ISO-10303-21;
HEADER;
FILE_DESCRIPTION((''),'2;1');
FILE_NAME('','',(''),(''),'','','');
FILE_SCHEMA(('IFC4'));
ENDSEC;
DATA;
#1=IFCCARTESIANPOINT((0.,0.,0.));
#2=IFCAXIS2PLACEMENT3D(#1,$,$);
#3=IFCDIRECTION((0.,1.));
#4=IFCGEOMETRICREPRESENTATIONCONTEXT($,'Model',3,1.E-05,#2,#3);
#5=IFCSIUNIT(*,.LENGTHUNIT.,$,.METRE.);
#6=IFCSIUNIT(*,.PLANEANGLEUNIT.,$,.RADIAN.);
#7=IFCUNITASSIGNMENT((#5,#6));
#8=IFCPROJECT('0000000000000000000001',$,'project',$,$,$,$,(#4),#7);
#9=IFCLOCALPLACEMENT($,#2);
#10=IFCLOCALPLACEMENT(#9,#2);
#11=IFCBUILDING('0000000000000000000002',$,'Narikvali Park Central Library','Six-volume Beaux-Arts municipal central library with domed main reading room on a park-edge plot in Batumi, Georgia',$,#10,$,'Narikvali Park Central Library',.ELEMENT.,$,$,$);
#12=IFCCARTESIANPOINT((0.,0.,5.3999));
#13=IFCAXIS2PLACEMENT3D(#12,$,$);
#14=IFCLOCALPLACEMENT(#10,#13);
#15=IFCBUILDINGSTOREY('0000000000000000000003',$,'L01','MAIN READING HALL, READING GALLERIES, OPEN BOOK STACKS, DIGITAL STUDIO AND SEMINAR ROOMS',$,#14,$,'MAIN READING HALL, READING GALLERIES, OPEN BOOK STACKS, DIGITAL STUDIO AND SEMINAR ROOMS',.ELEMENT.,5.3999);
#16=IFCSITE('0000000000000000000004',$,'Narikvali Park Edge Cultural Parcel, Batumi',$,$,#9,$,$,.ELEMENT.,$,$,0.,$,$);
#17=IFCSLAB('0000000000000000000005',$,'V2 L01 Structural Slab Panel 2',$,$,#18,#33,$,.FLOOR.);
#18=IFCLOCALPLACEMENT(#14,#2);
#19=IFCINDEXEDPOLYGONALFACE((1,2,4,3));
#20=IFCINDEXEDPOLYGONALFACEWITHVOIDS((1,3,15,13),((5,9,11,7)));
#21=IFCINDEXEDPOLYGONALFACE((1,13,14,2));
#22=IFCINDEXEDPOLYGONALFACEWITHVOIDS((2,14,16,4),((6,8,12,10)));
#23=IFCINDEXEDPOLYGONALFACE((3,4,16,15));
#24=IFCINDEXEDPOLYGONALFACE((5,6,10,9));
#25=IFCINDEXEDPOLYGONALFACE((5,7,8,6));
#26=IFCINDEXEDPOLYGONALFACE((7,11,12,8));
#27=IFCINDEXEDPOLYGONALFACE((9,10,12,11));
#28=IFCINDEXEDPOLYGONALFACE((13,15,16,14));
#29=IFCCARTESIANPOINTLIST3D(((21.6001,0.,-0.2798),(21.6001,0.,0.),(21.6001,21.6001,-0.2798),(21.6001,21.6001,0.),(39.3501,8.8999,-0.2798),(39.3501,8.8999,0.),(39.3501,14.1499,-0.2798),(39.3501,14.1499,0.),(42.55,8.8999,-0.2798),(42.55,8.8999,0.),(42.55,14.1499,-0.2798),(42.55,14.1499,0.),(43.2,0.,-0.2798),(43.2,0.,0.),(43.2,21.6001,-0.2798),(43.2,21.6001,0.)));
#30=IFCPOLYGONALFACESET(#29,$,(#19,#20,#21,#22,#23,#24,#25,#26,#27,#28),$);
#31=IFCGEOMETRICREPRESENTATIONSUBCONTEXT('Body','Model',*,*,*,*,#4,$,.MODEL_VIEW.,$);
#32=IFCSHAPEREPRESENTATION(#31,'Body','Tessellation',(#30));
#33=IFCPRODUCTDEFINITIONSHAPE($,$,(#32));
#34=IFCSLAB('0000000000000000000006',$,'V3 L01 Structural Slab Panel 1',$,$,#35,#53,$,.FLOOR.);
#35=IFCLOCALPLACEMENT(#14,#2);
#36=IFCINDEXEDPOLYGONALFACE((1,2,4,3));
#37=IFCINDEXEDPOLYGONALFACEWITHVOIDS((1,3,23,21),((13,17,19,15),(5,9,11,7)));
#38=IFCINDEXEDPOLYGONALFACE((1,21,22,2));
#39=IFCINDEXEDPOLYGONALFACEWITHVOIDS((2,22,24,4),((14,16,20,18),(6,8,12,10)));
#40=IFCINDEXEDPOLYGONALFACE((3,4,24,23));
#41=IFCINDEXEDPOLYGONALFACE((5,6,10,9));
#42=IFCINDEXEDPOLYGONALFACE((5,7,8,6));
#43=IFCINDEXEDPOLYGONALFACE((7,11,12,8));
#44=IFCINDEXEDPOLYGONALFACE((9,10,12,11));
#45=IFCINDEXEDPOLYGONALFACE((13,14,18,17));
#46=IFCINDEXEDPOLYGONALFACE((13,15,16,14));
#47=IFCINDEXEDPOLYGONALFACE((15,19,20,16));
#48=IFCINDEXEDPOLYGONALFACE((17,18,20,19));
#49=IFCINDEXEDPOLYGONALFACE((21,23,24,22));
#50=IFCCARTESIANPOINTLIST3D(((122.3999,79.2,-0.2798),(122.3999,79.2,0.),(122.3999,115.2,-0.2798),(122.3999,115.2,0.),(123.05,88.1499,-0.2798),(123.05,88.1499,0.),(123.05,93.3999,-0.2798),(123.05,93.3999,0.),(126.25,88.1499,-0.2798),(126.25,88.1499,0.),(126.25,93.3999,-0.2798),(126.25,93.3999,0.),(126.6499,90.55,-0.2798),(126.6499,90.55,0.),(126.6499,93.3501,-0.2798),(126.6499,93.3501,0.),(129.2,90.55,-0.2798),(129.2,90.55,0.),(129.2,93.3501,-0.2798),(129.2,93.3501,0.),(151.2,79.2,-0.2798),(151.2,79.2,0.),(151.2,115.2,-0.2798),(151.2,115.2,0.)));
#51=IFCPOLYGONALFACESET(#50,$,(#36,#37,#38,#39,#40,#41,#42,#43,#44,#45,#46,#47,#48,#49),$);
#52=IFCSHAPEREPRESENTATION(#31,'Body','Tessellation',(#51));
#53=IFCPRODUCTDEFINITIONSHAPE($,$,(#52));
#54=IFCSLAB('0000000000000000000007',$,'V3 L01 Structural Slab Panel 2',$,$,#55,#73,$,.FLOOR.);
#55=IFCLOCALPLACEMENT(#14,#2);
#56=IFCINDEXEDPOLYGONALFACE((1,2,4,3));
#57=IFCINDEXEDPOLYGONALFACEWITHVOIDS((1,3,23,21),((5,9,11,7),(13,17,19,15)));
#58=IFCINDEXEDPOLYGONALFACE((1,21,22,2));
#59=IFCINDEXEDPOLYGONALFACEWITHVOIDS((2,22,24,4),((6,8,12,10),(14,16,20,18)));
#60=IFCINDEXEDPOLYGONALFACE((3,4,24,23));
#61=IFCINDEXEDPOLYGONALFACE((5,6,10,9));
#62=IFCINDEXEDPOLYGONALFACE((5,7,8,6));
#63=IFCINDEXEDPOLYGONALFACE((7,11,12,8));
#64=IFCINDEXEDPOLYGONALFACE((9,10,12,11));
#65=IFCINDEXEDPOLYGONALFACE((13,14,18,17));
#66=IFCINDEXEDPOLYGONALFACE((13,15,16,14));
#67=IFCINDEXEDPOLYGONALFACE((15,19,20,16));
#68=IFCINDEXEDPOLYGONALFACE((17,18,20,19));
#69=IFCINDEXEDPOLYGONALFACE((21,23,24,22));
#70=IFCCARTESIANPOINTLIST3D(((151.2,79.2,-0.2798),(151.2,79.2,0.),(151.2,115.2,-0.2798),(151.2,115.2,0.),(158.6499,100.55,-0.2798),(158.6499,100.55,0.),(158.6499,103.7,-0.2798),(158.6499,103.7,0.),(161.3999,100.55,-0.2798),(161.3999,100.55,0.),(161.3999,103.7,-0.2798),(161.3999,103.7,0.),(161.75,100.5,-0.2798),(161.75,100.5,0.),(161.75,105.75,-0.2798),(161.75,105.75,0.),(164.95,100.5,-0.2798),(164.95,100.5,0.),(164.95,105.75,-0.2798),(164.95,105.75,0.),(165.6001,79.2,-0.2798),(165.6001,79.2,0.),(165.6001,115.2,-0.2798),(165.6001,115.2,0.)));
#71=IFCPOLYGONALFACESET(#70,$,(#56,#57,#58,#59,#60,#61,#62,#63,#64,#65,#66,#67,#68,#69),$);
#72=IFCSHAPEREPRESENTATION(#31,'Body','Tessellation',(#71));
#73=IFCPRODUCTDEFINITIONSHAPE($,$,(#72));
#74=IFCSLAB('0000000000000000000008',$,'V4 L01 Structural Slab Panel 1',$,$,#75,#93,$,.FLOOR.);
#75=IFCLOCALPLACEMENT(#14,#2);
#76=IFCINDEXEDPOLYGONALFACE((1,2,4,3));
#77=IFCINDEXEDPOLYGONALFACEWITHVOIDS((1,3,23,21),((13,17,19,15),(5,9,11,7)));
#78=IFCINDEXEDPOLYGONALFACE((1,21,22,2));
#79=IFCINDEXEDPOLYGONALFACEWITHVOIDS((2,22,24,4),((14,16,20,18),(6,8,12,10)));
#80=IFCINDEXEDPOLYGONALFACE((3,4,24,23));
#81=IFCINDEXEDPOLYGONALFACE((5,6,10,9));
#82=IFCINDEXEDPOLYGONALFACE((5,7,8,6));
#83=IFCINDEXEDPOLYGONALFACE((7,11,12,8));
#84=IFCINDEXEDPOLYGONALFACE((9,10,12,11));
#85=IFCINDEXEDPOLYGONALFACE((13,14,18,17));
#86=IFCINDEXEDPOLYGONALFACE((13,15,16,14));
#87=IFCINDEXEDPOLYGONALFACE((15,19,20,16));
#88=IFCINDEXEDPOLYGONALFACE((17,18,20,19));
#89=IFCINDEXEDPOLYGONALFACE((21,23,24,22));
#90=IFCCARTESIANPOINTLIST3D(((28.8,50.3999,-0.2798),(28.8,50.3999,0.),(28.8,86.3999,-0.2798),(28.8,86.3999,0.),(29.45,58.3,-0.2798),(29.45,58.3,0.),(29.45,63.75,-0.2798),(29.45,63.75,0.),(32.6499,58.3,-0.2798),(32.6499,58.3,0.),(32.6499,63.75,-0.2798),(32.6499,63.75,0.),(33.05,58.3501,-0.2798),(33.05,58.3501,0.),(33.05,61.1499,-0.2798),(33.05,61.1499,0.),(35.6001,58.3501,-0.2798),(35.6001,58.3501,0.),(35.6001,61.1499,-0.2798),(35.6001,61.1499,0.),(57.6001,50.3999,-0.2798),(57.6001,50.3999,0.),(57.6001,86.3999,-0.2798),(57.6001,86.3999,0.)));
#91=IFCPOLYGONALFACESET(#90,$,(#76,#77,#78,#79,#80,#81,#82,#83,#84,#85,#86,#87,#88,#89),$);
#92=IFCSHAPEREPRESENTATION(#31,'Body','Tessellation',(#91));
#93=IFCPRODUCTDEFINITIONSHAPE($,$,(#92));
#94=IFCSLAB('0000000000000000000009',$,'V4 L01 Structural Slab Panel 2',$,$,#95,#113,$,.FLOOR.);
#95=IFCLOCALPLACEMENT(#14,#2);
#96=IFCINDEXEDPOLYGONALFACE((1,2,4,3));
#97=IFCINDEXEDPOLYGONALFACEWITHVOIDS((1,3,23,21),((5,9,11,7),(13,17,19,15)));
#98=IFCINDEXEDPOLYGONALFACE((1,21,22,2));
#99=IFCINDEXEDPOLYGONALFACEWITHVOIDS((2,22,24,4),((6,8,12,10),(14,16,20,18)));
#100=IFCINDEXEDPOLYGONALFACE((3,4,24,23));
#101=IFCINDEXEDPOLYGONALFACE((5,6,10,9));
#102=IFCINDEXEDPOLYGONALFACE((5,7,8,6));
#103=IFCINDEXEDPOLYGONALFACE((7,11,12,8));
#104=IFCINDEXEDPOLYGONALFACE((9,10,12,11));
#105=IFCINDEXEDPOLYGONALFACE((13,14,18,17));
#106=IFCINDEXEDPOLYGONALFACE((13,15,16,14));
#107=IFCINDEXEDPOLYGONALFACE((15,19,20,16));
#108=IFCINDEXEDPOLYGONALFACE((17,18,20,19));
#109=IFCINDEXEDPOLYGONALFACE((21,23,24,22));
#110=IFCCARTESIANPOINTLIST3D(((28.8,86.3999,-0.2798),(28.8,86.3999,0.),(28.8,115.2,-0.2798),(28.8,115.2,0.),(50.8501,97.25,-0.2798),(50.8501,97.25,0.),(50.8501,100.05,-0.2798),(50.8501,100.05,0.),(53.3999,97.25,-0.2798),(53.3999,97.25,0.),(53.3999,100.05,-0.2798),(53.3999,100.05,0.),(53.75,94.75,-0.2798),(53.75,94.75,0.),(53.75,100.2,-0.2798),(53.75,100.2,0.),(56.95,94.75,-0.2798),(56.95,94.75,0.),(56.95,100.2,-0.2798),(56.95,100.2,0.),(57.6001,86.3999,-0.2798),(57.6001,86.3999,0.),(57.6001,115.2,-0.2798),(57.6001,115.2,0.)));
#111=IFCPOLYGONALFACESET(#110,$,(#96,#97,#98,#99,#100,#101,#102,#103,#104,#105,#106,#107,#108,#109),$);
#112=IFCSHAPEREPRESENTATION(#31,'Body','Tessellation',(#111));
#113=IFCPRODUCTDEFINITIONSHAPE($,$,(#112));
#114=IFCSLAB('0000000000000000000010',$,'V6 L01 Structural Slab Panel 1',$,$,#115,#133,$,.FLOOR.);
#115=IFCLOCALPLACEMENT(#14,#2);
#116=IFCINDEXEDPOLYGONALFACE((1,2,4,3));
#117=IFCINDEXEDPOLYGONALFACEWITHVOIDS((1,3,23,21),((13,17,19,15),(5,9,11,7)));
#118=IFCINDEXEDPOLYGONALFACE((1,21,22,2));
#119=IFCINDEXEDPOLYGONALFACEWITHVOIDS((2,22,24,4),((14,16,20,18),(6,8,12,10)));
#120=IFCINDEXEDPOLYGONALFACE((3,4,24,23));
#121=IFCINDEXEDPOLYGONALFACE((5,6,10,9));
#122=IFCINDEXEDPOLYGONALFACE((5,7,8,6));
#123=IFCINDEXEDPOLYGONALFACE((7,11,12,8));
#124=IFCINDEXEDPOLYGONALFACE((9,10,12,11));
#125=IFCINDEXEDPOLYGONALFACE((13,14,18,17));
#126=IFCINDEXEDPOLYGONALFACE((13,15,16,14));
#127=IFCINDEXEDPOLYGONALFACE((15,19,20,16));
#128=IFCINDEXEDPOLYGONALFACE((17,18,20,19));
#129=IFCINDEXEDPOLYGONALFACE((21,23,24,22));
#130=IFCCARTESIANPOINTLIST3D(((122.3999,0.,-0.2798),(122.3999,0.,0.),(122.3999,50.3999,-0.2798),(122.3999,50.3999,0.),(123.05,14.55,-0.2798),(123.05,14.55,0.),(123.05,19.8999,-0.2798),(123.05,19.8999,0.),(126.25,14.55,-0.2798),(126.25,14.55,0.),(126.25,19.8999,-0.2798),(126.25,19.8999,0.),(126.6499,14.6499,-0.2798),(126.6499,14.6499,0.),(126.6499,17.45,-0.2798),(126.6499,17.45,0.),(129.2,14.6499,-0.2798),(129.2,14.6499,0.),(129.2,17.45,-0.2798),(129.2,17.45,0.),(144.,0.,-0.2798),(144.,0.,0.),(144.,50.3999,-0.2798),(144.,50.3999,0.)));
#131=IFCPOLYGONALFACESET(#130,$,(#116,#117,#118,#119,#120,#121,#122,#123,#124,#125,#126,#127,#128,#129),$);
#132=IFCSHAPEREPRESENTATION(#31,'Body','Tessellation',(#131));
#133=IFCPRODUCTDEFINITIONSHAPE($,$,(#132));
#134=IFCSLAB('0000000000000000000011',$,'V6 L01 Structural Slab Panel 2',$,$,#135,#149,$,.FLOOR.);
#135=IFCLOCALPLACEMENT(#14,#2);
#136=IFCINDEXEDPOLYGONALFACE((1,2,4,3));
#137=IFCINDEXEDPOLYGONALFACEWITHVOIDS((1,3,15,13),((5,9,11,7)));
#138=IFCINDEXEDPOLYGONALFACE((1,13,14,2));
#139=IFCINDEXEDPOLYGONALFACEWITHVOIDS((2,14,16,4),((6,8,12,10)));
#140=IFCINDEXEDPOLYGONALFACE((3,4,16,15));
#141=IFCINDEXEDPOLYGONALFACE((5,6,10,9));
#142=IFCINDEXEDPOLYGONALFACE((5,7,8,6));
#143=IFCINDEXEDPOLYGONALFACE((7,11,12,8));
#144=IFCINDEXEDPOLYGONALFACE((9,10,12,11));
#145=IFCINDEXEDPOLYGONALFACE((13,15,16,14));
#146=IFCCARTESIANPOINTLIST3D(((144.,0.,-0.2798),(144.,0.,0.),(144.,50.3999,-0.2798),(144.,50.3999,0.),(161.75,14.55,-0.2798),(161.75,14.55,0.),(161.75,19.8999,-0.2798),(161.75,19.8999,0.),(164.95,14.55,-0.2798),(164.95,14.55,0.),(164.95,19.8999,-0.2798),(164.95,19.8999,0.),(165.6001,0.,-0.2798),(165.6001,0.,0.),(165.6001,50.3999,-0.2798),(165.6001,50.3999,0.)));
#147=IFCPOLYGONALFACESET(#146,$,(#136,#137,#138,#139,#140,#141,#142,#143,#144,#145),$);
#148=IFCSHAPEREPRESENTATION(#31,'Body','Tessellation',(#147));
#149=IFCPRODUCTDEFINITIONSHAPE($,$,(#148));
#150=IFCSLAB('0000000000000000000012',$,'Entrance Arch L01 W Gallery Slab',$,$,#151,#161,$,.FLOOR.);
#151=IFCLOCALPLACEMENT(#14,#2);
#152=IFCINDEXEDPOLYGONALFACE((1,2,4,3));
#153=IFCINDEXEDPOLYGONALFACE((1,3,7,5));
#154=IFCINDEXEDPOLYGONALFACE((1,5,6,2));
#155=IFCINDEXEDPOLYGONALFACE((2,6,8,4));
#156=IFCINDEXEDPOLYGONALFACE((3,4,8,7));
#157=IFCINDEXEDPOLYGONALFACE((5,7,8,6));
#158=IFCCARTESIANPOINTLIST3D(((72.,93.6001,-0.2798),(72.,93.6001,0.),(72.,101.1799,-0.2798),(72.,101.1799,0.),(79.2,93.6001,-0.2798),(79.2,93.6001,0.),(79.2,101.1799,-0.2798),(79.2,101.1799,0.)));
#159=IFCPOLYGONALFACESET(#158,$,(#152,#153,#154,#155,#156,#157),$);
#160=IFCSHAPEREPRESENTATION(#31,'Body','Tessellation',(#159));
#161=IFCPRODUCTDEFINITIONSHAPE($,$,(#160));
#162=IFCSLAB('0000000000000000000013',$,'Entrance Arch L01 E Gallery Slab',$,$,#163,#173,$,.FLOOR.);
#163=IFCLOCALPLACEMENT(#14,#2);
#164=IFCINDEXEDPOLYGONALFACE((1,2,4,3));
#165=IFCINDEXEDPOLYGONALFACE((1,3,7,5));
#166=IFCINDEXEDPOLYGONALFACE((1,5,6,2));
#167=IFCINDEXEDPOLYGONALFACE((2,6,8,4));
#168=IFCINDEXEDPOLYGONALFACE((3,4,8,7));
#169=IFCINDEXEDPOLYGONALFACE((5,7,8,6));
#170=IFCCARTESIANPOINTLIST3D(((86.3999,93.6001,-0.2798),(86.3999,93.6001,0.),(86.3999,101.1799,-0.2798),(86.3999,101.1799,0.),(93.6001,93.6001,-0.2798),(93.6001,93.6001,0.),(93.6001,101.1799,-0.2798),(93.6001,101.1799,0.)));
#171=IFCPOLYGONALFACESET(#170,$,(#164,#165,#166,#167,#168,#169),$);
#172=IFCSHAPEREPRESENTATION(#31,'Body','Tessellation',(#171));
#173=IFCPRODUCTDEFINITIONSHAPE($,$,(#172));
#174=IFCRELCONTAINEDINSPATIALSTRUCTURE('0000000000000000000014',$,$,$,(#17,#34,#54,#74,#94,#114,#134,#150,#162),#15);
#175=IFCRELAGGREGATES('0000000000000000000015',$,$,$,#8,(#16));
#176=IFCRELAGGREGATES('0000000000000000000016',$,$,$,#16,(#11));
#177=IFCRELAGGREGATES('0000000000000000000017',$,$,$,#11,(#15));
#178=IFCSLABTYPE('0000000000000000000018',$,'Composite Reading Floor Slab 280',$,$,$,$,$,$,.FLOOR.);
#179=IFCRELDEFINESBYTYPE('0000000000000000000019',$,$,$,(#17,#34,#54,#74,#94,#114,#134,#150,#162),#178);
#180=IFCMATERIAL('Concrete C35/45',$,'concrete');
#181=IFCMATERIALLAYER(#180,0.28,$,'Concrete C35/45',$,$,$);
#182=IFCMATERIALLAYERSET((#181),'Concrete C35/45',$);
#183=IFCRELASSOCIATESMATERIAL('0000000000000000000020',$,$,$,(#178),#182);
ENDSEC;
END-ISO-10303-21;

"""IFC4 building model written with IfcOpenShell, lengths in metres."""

from ifc_helpers import new_model, si_unit, direction, frame, origin, place, context, subcontext, project, spatial, polyline, outline, extrude, material, layer, layer_set, type_object, element, save


model = new_model("IFC4")

# Units and contexts
model_context = context("Model", 3, precision=1e-05, world=origin(), true_north=direction((0.0, 1.0)))
body_context = subcontext(model_context, "Body", "Model", "MODEL_VIEW")
ifc_project = project(units=[si_unit("LENGTHUNIT", "METRE"), si_unit("PLANEANGLEUNIT", "RADIAN")], contexts=[model_context])

# Site, building, storey
site_placement = place(None, origin())
site = spatial("IfcSite", under=ifc_project, at=site_placement, Name="Narikvali Park Edge Cultural Parcel, Batumi", CompositionType="ELEMENT", RefElevation=0.0)
building_placement = place(site_placement, origin())
building = spatial("IfcBuilding", under=site, at=building_placement, Name="Narikvali Park Central Library", Description="Six-volume Beaux-Arts municipal central library with domed main reading room on a park-edge plot in Batumi, Georgia", LongName="Narikvali Park Central Library", CompositionType="ELEMENT")
storey_placement = place(building_placement, frame((0.0, 0.0, 5.3999)))
storey = spatial("IfcBuildingStorey", under=building, at=storey_placement, Name="L01", Description="MAIN READING HALL, READING GALLERIES, OPEN BOOK STACKS, DIGITAL STUDIO AND SEMINAR ROOMS", LongName="MAIN READING HALL, READING GALLERIES, OPEN BOOK STACKS, DIGITAL STUDIO AND SEMINAR ROOMS", CompositionType="ELEMENT", Elevation=5.3999)

# Slabs
ifc_material_1 = material(Name="Concrete C35/45", Category="concrete")
ifc_layer_1 = layer(ifc_material_1, 0.28, Name="Concrete C35/45")
ifc_layer_set_1 = layer_set([ifc_layer_1], Name="Concrete C35/45")
slab_type_1 = type_object("IfcSlabType", Name="Composite Reading Floor Slab 280", PredefinedType="FLOOR", material=ifc_layer_set_1)
slab_1_placement = place(storey_placement, frame((0.0, 0.0, -0.2798)))
element("IfcSlab", 1, at=slab_1_placement, inside=storey, type_object=slab_type_1, Name="V2 L01 Structural Slab Panel 2", PredefinedType="FLOOR", context=body_context, shape_type="SweptSolid", body=[
    extrude(outline(polyline([(21.6001, 0.0), (43.2, 0.0), (43.2, 21.6001), (21.6001, 21.6001), (21.6001, 0.0)]), holes=[polyline([(39.3501, 8.8999), (42.55, 8.8999), (42.55, 14.1499), (39.3501, 14.1499), (39.3501, 8.8999)])]), origin(), (0.0, 0.0, 1.0), 0.2798),
])
slab_2_placement = place(storey_placement, frame((0.0, 0.0, -0.2798)))
element("IfcSlab", 2, at=slab_2_placement, inside=storey, type_object=slab_type_1, Name="V3 L01 Structural Slab Panel 1", PredefinedType="FLOOR", context=body_context, shape_type="SweptSolid", body=[
    extrude(outline(polyline([(122.3999, 79.2), (151.2, 79.2), (151.2, 115.2), (122.3999, 115.2), (122.3999, 79.2)]), holes=[polyline([(123.05, 88.1499), (126.25, 88.1499), (126.25, 93.3999), (123.05, 93.3999), (123.05, 88.1499)]), polyline([(126.6499, 90.55), (129.2, 90.55), (129.2, 93.3501), (126.6499, 93.3501), (126.6499, 90.55)])]), origin(), (0.0, 0.0, 1.0), 0.2798),
])
slab_3_placement = place(storey_placement, frame((0.0, 0.0, -0.2798)))
element("IfcSlab", 3, at=slab_3_placement, inside=storey, type_object=slab_type_1, Name="V3 L01 Structural Slab Panel 2", PredefinedType="FLOOR", context=body_context, shape_type="SweptSolid", body=[
    extrude(outline(polyline([(151.2, 79.2), (165.6001, 79.2), (165.6001, 115.2), (151.2, 115.2), (151.2, 79.2)]), holes=[polyline([(161.75, 100.5), (164.95, 100.5), (164.95, 105.75), (161.75, 105.75), (161.75, 100.5)]), polyline([(158.6499, 100.55), (161.3999, 100.55), (161.3999, 103.7), (158.6499, 103.7), (158.6499, 100.55)])]), origin(), (0.0, 0.0, 1.0), 0.2798),
])
slab_4_placement = place(storey_placement, frame((0.0, 0.0, -0.2798)))
element("IfcSlab", 4, at=slab_4_placement, inside=storey, type_object=slab_type_1, Name="V4 L01 Structural Slab Panel 1", PredefinedType="FLOOR", context=body_context, shape_type="SweptSolid", body=[
    extrude(outline(polyline([(28.8, 50.3999), (57.6001, 50.3999), (57.6001, 86.3999), (28.8, 86.3999), (28.8, 50.3999)]), holes=[polyline([(29.45, 58.3), (32.6499, 58.3), (32.6499, 63.75), (29.45, 63.75), (29.45, 58.3)]), polyline([(33.05, 58.3501), (35.6001, 58.3501), (35.6001, 61.1499), (33.05, 61.1499), (33.05, 58.3501)])]), origin(), (0.0, 0.0, 1.0), 0.2798),
])
slab_5_placement = place(storey_placement, frame((0.0, 0.0, -0.2798)))
element("IfcSlab", 5, at=slab_5_placement, inside=storey, type_object=slab_type_1, Name="V4 L01 Structural Slab Panel 2", PredefinedType="FLOOR", context=body_context, shape_type="SweptSolid", body=[
    extrude(outline(polyline([(28.8, 86.3999), (57.6001, 86.3999), (57.6001, 115.2), (28.8, 115.2), (28.8, 86.3999)]), holes=[polyline([(53.75, 94.75), (56.95, 94.75), (56.95, 100.2), (53.75, 100.2), (53.75, 94.75)]), polyline([(50.8501, 97.25), (53.3999, 97.25), (53.3999, 100.05), (50.8501, 100.05), (50.8501, 97.25)])]), origin(), (0.0, 0.0, 1.0), 0.2798),
])
slab_6_placement = place(storey_placement, frame((0.0, 0.0, -0.2798)))
element("IfcSlab", 6, at=slab_6_placement, inside=storey, type_object=slab_type_1, Name="V6 L01 Structural Slab Panel 1", PredefinedType="FLOOR", context=body_context, shape_type="SweptSolid", body=[
    extrude(outline(polyline([(122.3999, 0.0), (144.0, 0.0), (144.0, 50.3999), (122.3999, 50.3999), (122.3999, 0.0)]), holes=[polyline([(123.05, 14.55), (126.25, 14.55), (126.25, 19.8999), (123.05, 19.8999), (123.05, 14.55)]), polyline([(126.6499, 14.6499), (129.2, 14.6499), (129.2, 17.45), (126.6499, 17.45), (126.6499, 14.6499)])]), origin(), (0.0, 0.0, 1.0), 0.2798),
])
slab_7_placement = place(storey_placement, frame((0.0, 0.0, -0.2798)))
element("IfcSlab", 7, at=slab_7_placement, inside=storey, type_object=slab_type_1, Name="V6 L01 Structural Slab Panel 2", PredefinedType="FLOOR", context=body_context, shape_type="SweptSolid", body=[
    extrude(outline(polyline([(144.0, 0.0), (165.6001, 0.0), (165.6001, 50.3999), (144.0, 50.3999), (144.0, 0.0)]), holes=[polyline([(161.75, 14.55), (164.95, 14.55), (164.95, 19.8999), (161.75, 19.8999), (161.75, 14.55)])]), origin(), (0.0, 0.0, 1.0), 0.2798),
])
slab_8_placement = place(storey_placement, frame((0.0, 0.0, -0.2798)))
element("IfcSlab", 8, at=slab_8_placement, inside=storey, type_object=slab_type_1, Name="Entrance Arch L01 W Gallery Slab", PredefinedType="FLOOR", context=body_context, shape_type="SweptSolid", body=[
    extrude(outline(polyline([(72.0, 93.6001), (79.2, 93.6001), (79.2, 101.1799), (72.0, 101.1799), (72.0, 93.6001)])), origin(), (0.0, 0.0, 1.0), 0.2798),
])
slab_9_placement = place(storey_placement, frame((0.0, 0.0, -0.2798)))
element("IfcSlab", 9, at=slab_9_placement, inside=storey, type_object=slab_type_1, Name="Entrance Arch L01 E Gallery Slab", PredefinedType="FLOOR", context=body_context, shape_type="SweptSolid", body=[
    extrude(outline(polyline([(86.3999, 93.6001), (93.6001, 93.6001), (93.6001, 101.1799), (86.3999, 101.1799), (86.3999, 93.6001)])), origin(), (0.0, 0.0, 1.0), 0.2798),
])

save(model, "model.ifc")
